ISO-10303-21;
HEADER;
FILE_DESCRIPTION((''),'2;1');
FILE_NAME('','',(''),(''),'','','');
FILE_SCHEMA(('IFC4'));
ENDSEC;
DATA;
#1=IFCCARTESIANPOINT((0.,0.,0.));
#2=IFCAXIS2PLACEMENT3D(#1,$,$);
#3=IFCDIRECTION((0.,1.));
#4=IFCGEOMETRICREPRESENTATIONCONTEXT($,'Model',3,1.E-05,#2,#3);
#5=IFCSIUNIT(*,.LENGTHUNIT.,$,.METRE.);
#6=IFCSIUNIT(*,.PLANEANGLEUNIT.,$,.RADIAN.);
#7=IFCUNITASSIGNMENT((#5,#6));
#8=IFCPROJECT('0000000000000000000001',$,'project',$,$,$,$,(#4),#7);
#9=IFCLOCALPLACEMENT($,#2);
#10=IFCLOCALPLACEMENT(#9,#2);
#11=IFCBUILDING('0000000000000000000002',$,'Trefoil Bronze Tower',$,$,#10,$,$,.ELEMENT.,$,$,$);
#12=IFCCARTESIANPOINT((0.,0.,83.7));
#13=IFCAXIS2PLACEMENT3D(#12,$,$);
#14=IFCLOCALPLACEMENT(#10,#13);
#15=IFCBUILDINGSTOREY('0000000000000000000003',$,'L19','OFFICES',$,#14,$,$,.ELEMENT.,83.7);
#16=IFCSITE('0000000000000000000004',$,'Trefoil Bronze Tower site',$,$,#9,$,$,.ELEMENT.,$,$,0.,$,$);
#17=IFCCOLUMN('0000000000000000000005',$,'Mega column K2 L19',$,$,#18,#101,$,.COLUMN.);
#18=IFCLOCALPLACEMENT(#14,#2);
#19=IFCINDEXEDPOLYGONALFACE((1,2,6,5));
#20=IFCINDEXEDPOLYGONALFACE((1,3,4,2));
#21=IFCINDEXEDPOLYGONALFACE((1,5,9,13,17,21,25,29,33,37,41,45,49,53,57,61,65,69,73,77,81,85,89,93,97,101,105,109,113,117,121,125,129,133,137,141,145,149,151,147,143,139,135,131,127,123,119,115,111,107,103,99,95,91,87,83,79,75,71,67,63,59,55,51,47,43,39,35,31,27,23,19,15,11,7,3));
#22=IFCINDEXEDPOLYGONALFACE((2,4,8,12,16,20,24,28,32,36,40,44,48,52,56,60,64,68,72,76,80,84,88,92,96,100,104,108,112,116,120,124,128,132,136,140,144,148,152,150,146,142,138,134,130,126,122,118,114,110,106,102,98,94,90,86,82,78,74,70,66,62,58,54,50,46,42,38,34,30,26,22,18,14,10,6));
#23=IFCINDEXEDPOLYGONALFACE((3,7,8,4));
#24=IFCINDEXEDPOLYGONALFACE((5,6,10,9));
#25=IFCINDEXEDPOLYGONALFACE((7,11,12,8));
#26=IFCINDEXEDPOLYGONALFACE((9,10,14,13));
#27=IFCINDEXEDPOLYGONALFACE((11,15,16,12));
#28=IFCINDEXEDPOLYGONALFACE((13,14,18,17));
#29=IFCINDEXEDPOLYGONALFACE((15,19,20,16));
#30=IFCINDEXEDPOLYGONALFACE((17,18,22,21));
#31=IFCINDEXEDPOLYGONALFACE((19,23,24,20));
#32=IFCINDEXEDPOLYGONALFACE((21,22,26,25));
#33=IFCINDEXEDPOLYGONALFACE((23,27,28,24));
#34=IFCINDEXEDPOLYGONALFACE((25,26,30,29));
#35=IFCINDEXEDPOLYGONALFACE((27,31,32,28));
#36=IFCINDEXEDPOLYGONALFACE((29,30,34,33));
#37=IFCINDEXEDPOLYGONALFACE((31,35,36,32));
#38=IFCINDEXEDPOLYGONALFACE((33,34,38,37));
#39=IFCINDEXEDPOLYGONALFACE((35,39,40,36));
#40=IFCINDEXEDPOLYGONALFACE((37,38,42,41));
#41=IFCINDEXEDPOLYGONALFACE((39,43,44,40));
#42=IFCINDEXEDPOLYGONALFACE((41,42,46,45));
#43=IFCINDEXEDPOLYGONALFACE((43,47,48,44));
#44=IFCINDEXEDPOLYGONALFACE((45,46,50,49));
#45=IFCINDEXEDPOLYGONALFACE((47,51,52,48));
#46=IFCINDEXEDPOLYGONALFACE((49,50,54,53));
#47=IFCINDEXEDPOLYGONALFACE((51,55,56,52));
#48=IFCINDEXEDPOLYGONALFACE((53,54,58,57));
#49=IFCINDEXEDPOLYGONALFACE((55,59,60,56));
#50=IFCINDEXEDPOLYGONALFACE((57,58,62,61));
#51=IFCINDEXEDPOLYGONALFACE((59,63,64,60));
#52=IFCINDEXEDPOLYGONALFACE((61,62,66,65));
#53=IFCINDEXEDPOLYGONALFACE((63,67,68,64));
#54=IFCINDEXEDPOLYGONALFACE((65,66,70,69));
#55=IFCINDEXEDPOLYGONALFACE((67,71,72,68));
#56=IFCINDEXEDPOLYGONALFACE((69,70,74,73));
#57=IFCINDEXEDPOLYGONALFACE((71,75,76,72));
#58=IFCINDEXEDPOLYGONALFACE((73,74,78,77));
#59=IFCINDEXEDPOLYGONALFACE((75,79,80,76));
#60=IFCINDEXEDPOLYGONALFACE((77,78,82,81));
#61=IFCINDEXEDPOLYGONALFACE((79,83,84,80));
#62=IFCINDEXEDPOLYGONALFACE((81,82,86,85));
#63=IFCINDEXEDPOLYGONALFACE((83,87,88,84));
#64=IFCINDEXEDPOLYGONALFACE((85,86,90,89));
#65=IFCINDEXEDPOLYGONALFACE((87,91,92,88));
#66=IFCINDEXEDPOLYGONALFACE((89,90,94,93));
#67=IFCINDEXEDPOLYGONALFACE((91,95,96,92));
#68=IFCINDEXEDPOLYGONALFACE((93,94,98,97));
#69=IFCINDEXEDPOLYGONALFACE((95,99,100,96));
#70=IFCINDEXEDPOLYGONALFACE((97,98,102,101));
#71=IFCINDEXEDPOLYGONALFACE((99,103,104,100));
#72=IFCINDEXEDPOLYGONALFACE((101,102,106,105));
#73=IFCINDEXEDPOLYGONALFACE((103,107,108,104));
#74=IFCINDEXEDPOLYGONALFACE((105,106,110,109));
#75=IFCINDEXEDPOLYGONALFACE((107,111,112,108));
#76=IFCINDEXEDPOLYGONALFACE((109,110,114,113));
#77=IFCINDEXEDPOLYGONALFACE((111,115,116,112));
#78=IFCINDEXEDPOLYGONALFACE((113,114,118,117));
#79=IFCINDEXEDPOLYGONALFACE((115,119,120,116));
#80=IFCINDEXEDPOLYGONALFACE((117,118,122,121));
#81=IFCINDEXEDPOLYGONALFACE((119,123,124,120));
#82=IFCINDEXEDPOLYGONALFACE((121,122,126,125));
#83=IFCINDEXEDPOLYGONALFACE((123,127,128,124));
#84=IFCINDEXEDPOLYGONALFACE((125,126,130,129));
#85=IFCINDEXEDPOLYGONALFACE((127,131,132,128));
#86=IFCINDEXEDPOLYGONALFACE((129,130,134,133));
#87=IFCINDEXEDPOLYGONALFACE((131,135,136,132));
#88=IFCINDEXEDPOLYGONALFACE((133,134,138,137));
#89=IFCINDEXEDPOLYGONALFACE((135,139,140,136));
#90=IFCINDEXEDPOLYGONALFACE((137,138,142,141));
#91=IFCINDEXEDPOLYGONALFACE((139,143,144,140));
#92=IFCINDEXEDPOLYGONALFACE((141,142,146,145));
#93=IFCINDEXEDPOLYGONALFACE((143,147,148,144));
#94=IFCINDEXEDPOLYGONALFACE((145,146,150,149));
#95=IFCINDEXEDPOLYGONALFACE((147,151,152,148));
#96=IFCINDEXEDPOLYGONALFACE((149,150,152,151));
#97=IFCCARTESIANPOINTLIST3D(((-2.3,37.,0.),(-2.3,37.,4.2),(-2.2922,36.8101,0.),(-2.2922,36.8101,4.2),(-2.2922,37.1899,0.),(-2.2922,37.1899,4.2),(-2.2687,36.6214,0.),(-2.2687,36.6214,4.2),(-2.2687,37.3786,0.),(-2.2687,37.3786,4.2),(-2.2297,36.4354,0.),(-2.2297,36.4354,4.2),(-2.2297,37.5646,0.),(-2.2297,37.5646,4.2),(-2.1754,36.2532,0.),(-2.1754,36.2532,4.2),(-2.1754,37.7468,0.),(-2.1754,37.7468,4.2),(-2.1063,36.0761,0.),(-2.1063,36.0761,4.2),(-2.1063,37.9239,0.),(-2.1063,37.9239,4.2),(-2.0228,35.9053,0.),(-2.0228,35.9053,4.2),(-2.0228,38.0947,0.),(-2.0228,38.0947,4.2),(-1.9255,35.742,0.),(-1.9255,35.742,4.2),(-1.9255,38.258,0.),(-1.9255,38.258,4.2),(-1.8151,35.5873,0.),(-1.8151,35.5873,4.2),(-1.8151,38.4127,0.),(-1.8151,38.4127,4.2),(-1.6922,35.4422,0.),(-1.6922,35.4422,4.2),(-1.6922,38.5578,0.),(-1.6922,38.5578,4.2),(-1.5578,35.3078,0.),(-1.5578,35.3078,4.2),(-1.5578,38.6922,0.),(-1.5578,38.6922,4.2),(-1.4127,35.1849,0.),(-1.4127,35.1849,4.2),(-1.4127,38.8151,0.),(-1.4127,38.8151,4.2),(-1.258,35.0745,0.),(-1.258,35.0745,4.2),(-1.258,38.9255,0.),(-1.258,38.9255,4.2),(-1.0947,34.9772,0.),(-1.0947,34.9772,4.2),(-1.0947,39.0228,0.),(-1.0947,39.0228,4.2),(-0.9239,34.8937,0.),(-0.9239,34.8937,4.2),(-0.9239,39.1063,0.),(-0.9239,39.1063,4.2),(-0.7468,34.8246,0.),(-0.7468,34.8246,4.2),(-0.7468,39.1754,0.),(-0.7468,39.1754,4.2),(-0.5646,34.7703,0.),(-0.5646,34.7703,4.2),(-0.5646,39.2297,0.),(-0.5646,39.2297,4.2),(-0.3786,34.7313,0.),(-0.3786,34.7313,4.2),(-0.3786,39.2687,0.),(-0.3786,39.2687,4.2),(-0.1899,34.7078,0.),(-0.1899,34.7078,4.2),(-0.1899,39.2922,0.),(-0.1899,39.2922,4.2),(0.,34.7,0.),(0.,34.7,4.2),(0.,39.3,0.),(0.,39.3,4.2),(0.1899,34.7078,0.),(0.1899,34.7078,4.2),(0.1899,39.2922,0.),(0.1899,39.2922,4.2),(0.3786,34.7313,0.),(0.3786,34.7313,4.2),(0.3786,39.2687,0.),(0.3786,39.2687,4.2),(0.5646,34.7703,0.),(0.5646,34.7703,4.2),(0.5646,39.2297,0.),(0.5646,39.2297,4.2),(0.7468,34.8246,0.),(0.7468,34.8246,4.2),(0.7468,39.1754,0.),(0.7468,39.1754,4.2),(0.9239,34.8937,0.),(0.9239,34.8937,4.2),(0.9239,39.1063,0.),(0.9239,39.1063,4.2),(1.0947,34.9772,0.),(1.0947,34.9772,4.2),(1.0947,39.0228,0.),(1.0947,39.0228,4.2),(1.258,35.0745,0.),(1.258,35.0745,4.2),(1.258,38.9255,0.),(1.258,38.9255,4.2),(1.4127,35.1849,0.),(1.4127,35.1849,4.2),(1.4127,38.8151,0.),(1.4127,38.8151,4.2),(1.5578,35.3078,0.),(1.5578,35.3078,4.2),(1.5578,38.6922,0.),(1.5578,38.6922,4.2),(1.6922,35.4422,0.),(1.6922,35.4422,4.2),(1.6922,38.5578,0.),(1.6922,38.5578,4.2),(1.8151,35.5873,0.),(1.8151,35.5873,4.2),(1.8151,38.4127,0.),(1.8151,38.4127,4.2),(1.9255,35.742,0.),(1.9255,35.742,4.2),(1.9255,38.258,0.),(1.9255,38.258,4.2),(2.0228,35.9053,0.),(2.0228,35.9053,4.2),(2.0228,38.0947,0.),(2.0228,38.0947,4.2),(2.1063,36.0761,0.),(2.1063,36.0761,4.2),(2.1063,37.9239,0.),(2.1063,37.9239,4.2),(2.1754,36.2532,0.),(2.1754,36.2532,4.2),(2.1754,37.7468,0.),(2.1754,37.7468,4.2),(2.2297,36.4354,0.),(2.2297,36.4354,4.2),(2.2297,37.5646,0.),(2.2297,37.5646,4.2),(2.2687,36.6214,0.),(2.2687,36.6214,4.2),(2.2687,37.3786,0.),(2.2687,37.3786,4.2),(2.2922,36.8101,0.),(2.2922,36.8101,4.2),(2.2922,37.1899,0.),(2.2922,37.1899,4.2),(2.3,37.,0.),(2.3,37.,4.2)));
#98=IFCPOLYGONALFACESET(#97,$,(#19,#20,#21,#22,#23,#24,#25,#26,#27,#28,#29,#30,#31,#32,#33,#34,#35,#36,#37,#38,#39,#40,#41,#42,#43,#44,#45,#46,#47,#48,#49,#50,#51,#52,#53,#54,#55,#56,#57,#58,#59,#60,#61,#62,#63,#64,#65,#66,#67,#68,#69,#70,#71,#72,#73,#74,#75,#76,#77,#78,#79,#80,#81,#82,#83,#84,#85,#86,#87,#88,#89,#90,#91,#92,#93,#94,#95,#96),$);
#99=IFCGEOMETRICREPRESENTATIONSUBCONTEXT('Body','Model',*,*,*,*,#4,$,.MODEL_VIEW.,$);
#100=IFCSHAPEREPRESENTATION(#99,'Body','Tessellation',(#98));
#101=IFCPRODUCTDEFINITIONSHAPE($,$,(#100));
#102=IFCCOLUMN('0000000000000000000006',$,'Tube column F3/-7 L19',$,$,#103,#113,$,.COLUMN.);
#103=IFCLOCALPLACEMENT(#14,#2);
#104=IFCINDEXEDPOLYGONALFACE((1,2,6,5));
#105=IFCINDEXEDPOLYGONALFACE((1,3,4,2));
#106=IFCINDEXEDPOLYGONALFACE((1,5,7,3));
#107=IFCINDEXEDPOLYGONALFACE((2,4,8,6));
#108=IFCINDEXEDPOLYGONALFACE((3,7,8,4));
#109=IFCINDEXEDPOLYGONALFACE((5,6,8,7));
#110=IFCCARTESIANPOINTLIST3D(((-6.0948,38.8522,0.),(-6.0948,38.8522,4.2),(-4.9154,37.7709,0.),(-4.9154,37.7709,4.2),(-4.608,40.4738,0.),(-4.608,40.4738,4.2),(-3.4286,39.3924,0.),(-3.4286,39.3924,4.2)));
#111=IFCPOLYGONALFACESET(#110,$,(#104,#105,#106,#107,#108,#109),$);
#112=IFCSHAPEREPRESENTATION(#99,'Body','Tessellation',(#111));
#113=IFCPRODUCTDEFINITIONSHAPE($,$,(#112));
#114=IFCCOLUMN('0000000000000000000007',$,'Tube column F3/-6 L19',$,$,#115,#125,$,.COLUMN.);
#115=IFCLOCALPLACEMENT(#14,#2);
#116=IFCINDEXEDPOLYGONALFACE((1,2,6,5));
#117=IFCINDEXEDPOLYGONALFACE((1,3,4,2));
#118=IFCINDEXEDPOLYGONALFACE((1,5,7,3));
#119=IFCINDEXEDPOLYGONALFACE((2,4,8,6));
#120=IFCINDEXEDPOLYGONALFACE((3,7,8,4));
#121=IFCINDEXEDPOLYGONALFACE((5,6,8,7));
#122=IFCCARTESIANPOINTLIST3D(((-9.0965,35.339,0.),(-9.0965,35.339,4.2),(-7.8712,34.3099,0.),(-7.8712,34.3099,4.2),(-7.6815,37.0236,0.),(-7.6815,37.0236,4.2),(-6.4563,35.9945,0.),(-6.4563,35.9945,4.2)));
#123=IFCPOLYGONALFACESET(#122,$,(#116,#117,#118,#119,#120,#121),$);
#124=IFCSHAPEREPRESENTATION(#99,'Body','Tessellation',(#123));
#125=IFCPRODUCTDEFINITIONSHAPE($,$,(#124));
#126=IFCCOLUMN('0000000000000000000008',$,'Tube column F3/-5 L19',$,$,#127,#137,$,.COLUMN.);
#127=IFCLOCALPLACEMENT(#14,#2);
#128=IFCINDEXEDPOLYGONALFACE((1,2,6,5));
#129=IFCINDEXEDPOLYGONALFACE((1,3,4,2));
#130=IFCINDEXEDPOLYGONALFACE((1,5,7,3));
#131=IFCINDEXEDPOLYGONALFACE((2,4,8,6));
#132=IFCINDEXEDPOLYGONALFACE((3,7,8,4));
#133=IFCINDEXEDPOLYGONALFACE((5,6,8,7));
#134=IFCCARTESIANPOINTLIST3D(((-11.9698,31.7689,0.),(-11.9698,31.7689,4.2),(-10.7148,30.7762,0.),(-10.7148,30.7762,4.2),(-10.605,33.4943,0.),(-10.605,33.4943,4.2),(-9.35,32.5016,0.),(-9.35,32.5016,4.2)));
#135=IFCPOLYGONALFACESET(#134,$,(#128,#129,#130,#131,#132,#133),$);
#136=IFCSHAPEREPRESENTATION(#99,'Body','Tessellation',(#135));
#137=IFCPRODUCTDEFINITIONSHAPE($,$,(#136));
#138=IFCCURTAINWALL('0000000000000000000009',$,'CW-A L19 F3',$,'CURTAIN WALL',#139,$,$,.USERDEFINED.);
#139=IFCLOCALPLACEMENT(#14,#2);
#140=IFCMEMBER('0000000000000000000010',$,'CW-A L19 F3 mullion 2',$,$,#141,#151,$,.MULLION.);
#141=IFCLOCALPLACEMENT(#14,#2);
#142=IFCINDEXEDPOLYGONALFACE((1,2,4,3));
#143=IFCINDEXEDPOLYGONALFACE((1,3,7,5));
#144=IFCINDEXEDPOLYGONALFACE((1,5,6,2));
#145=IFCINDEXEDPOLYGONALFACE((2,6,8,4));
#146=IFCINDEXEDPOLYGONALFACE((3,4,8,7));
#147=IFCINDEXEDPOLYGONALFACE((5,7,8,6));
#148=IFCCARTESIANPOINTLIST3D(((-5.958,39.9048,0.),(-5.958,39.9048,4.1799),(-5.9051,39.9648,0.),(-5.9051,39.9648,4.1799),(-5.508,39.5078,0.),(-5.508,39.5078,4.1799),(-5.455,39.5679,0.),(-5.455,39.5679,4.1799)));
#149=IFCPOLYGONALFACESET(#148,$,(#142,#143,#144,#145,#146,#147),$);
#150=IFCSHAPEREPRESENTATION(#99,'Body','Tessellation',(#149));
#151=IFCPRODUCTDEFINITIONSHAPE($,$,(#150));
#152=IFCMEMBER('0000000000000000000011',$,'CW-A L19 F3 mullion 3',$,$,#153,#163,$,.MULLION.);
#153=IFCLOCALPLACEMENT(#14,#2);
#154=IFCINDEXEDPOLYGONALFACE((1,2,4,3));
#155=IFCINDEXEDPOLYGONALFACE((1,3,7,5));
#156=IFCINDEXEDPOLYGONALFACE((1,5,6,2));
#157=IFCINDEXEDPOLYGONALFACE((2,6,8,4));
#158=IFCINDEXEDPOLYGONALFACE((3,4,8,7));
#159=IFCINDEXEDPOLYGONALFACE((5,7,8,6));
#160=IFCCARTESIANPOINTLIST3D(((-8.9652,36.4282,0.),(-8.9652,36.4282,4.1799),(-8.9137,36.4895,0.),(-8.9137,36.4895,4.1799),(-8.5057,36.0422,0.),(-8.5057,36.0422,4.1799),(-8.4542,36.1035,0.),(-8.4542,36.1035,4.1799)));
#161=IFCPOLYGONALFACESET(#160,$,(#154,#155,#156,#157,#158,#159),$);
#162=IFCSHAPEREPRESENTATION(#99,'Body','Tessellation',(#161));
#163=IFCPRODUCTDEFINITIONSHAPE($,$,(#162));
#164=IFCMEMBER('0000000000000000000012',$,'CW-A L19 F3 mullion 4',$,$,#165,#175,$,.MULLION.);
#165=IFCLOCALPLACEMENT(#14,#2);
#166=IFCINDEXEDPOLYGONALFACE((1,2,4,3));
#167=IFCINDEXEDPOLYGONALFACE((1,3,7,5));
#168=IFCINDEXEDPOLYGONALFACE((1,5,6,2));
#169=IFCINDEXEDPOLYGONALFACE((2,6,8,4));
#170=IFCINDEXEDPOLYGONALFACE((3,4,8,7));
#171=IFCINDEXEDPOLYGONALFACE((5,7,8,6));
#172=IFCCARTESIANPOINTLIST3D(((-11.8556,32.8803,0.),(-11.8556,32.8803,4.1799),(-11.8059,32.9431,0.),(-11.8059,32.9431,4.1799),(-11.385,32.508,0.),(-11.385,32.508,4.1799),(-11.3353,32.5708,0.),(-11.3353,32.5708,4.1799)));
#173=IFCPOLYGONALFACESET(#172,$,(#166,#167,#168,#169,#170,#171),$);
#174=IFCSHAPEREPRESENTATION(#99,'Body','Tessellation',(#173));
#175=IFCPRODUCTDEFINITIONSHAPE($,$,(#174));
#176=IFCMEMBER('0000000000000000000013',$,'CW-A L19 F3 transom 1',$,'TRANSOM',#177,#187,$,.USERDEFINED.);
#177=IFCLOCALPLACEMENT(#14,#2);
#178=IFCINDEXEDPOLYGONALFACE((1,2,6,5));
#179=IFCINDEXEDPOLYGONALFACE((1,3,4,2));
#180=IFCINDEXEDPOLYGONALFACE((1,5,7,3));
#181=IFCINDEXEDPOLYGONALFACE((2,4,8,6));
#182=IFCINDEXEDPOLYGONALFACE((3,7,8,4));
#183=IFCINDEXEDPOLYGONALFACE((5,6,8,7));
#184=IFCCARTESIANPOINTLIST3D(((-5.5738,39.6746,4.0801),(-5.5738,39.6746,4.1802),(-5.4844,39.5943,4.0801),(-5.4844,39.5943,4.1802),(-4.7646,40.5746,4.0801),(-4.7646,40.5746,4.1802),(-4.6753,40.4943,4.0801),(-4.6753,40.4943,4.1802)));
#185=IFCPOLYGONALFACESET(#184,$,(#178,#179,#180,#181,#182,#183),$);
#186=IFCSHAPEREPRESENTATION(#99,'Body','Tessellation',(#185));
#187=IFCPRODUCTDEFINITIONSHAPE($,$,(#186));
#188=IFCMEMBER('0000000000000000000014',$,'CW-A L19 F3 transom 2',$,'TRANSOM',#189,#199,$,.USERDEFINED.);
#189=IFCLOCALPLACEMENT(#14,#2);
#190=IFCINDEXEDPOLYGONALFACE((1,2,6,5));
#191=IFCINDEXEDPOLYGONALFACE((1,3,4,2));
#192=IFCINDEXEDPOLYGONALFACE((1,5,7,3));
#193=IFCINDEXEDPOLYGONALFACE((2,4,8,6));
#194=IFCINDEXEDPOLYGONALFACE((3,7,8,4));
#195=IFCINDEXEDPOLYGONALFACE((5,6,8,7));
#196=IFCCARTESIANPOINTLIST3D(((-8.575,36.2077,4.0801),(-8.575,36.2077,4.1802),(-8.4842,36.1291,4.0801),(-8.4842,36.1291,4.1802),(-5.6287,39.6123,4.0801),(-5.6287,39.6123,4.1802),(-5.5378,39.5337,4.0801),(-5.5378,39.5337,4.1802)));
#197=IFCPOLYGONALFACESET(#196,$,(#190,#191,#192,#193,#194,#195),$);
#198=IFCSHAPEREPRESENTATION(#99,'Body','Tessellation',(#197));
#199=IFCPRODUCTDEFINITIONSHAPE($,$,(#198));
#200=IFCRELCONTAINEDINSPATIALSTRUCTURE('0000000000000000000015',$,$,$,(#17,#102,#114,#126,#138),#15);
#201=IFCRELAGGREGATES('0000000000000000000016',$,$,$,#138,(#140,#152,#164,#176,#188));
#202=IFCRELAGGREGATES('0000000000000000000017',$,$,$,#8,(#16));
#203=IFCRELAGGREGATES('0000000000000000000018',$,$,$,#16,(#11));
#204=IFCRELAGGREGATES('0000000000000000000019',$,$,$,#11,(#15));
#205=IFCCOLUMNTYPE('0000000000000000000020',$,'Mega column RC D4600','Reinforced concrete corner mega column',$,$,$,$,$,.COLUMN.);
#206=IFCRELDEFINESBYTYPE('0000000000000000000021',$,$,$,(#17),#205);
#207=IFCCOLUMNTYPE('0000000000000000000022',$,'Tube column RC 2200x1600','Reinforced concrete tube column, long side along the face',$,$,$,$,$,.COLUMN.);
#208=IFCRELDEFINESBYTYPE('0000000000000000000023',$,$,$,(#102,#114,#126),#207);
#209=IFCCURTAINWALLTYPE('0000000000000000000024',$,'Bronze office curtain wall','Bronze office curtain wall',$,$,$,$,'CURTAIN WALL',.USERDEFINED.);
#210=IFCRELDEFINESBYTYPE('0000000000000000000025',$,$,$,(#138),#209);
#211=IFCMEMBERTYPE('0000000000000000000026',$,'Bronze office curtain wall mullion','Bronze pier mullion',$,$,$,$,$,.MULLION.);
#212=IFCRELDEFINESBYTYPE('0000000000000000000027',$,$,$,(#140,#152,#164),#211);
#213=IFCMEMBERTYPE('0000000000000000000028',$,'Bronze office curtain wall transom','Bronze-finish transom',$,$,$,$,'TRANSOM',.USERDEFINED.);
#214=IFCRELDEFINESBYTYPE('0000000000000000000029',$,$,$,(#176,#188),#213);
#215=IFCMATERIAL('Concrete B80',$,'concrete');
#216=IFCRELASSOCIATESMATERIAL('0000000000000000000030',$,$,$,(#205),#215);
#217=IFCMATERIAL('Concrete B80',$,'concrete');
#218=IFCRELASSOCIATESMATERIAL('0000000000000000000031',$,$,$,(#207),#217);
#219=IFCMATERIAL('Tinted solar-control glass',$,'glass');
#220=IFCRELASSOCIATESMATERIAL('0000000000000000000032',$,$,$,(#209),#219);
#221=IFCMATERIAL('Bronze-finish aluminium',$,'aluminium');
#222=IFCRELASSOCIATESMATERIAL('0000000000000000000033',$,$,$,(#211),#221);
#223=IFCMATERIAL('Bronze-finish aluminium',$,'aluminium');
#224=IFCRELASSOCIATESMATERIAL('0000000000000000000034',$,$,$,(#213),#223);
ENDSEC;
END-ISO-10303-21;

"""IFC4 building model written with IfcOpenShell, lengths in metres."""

from ifc_helpers import new_model, si_unit, direction, frame, origin, origin_2d, place, context, subcontext, project, spatial, rectangle, circle, extrude, material, material_profile, profile_set, type_object, element, aggregate, save


model = new_model("IFC4")

# Units and contexts
model_context = context("Model", 3, precision=1e-05, world=origin(), true_north=direction((0.0, 1.0)))
body_context = subcontext(model_context, "Body", "Model", "MODEL_VIEW")
ifc_project = project(units=[si_unit("LENGTHUNIT", "METRE"), si_unit("PLANEANGLEUNIT", "RADIAN")], contexts=[model_context])

# Site, building, storey
site_placement = place(None, origin())
site = spatial("IfcSite", under=ifc_project, at=site_placement, Name="Trefoil Bronze Tower site", CompositionType="ELEMENT", RefElevation=0.0)
building_placement = place(site_placement, origin())
building = spatial("IfcBuilding", under=site, at=building_placement, Name="Trefoil Bronze Tower", CompositionType="ELEMENT")
storey_placement = place(building_placement, frame((0.0, 0.0, 83.7)))
storey = spatial("IfcBuildingStorey", under=building, at=storey_placement, Name="L19", Description="OFFICES", CompositionType="ELEMENT", Elevation=83.7)

# Columns
ifc_material_1 = material(Name="Concrete B80", Category="concrete")
ifc_material_profile_1 = material_profile(ifc_material_1, circle(Radius=2.3, at=origin_2d()), Name="RC D4600")
ifc_profile_set_1 = profile_set([ifc_material_profile_1], Name="Concrete B80")
column_type_1 = type_object("IfcColumnType", Name="Mega column RC D4600", Description="Reinforced concrete corner mega column", PredefinedType="COLUMN", material=ifc_profile_set_1)
column_placement = place(storey_placement, frame((0.0, 37.0, 0.0), z_axis=(0.0, 0.0, 1.0), x_axis=(1.0, 0.0, 0.0)))
element("IfcColumn", 1, at=column_placement, inside=storey, type_object=column_type_1, Name="Mega column K2 L19", PredefinedType="COLUMN", context=body_context, shape_type="SweptSolid", body=[
    extrude(circle(Radius=2.3, at=origin_2d()), origin(), (0.0, 0.0, 1.0), 4.2),
])
ifc_material_2 = material(Name="Concrete B80", Category="concrete")
ifc_material_profile_2 = material_profile(ifc_material_2, rectangle(XDim=2.2, YDim=1.6001, at=origin_2d()), Name="RC 2200x1600")
ifc_profile_set_2 = profile_set([ifc_material_profile_2], Name="Concrete B80")
column_type_2 = type_object("IfcColumnType", Name="Tube column RC 2200x1600", Description="Reinforced concrete tube column, long side along the face", PredefinedType="COLUMN", material=ifc_profile_set_2)
for number, where, z_axis, x_axis, name in (
    (2, (-4.7617, 39.1223, 0.0), (0.0, 0.0, 1.0), (-0.675816, -0.73707, 0.0), "Tube column F3/-7 L19"),
    (3, (-7.7764, 35.6667, 0.0), (0.0, 0.0, 1.0), (-0.643163, -0.765729, 0.0), "Tube column F3/-6 L19"),
    (4, (-10.6599, 32.1353, 0.0), (0.0, 0.0, 1.0), (-0.620376, -0.784305, 0.0), "Tube column F3/-5 L19"),
):
    element("IfcColumn", number, at=place(storey_placement, frame(where, z_axis=z_axis, x_axis=x_axis)), inside=storey, type_object=column_type_2, Name=name, PredefinedType="COLUMN", context=body_context, shape_type="SweptSolid", body=[
        extrude(rectangle(XDim=2.2, YDim=1.6001, at=origin_2d()), origin(), (0.0, 0.0, 1.0), 4.2),
    ])

# Curtain wall, members
ifc_material_3 = material(Name="Tinted solar-control glass", Category="glass")
curtain_wall_type_1 = type_object("IfcCurtainWallType", Name="Bronze office curtain wall", Description="Bronze office curtain wall", ElementType="CURTAIN WALL", PredefinedType="USERDEFINED", material=ifc_material_3)
curtain_wall_1_placement = place(storey_placement, origin())
curtain_wall_1 = element("IfcCurtainWall", 5, at=curtain_wall_1_placement, inside=storey, type_object=curtain_wall_type_1, Name="CW-A L19 F3", ObjectType="CURTAIN WALL", PredefinedType="USERDEFINED")
ifc_material_4 = material(Name="Bronze-finish aluminium", Category="aluminium")
ifc_material_profile_3 = material_profile(ifc_material_4, rectangle(XDim=0.6001, YDim=0.0801, at=origin_2d()), Name="CW-A mullion")
ifc_profile_set_3 = profile_set([ifc_material_profile_3], Name="Bronze-finish aluminium")
member_type_1 = type_object("IfcMemberType", Name="Bronze office curtain wall mullion", Description="Bronze pier mullion", PredefinedType="MULLION", material=ifc_profile_set_3)
member_1_placement = place(storey_placement, frame((-5.7065, 39.7363, 0.0), z_axis=(0.0, 0.0, 1.0), x_axis=(0.749941, -0.661505, 0.0)))
member_1 = element("IfcMember", 6, at=member_1_placement, type_object=member_type_1, Name="CW-A L19 F3 mullion 2", PredefinedType="MULLION", context=body_context, shape_type="SweptSolid", body=[
    extrude(rectangle(XDim=0.6001, YDim=0.0801, at=origin_2d()), origin(), (0.0, 0.0, 1.0), 4.1799),
])
member_2_placement = place(storey_placement, frame((-8.7097, 36.2659, 0.0), z_axis=(0.0, 0.0, 1.0), x_axis=(0.765729, -0.643163, 0.0)))
member_2 = element("IfcMember", 7, at=member_2_placement, type_object=member_type_1, Name="CW-A L19 F3 mullion 3", PredefinedType="MULLION", context=body_context, shape_type="SweptSolid", body=[
    extrude(rectangle(XDim=0.6001, YDim=0.0801, at=origin_2d()), origin(), (0.0, 0.0, 1.0), 4.1799),
])
member_3_placement = place(storey_placement, frame((-11.5955, 32.7256, 0.0), z_axis=(0.0, 0.0, 1.0), x_axis=(0.784305, -0.620376, 0.0)))
member_3 = element("IfcMember", 8, at=member_3_placement, type_object=member_type_1, Name="CW-A L19 F3 mullion 4", PredefinedType="MULLION", context=body_context, shape_type="SweptSolid", body=[
    extrude(rectangle(XDim=0.6001, YDim=0.0801, at=origin_2d()), origin(), (0.0, 0.0, 1.0), 4.1799),
])
ifc_material_5 = material(Name="Bronze-finish aluminium", Category="aluminium")
ifc_material_profile_4 = material_profile(ifc_material_5, rectangle(XDim=0.1201, YDim=0.1001, at=origin_2d()), Name="CW-A transom")
ifc_profile_set_4 = profile_set([ifc_material_profile_4], Name="Bronze-finish aluminium")
member_type_2 = type_object("IfcMemberType", Name="Bronze office curtain wall transom", Description="Bronze-finish transom", ElementType="TRANSOM", PredefinedType="USERDEFINED", material=ifc_profile_set_4)
member_4_placement = place(storey_placement, frame((-4.72, 40.5344, 4.1301), z_axis=(-0.668586, -0.743635, 0.0), x_axis=(0.743635, -0.668586, 0.0)))
member_4 = element("IfcMember", 9, at=member_4_placement, type_object=member_type_2, Name="CW-A L19 F3 transom 1", ObjectType="TRANSOM", PredefinedType="USERDEFINED", context=body_context, shape_type="SweptSolid", body=[
    extrude(rectangle(XDim=0.1201, YDim=0.1001, at=origin_2d()), origin(), (0.0, 0.0, 1.0), 1.2102),
])
member_5_placement = place(storey_placement, frame((-5.5833, 39.573, 4.1301), z_axis=(-0.654383, -0.756163, 0.0), x_axis=(0.756163, -0.654383, 0.0)))
member_5 = element("IfcMember", 10, at=member_5_placement, type_object=member_type_2, Name="CW-A L19 F3 transom 2", ObjectType="TRANSOM", PredefinedType="USERDEFINED", context=body_context, shape_type="SweptSolid", body=[
    extrude(rectangle(XDim=0.1201, YDim=0.1001, at=origin_2d()), origin(), (0.0, 0.0, 1.0), 4.5024),
])

aggregate(curtain_wall_1, [member_1, member_2, member_3, member_4, member_5])

save(model, "model.ifc")
